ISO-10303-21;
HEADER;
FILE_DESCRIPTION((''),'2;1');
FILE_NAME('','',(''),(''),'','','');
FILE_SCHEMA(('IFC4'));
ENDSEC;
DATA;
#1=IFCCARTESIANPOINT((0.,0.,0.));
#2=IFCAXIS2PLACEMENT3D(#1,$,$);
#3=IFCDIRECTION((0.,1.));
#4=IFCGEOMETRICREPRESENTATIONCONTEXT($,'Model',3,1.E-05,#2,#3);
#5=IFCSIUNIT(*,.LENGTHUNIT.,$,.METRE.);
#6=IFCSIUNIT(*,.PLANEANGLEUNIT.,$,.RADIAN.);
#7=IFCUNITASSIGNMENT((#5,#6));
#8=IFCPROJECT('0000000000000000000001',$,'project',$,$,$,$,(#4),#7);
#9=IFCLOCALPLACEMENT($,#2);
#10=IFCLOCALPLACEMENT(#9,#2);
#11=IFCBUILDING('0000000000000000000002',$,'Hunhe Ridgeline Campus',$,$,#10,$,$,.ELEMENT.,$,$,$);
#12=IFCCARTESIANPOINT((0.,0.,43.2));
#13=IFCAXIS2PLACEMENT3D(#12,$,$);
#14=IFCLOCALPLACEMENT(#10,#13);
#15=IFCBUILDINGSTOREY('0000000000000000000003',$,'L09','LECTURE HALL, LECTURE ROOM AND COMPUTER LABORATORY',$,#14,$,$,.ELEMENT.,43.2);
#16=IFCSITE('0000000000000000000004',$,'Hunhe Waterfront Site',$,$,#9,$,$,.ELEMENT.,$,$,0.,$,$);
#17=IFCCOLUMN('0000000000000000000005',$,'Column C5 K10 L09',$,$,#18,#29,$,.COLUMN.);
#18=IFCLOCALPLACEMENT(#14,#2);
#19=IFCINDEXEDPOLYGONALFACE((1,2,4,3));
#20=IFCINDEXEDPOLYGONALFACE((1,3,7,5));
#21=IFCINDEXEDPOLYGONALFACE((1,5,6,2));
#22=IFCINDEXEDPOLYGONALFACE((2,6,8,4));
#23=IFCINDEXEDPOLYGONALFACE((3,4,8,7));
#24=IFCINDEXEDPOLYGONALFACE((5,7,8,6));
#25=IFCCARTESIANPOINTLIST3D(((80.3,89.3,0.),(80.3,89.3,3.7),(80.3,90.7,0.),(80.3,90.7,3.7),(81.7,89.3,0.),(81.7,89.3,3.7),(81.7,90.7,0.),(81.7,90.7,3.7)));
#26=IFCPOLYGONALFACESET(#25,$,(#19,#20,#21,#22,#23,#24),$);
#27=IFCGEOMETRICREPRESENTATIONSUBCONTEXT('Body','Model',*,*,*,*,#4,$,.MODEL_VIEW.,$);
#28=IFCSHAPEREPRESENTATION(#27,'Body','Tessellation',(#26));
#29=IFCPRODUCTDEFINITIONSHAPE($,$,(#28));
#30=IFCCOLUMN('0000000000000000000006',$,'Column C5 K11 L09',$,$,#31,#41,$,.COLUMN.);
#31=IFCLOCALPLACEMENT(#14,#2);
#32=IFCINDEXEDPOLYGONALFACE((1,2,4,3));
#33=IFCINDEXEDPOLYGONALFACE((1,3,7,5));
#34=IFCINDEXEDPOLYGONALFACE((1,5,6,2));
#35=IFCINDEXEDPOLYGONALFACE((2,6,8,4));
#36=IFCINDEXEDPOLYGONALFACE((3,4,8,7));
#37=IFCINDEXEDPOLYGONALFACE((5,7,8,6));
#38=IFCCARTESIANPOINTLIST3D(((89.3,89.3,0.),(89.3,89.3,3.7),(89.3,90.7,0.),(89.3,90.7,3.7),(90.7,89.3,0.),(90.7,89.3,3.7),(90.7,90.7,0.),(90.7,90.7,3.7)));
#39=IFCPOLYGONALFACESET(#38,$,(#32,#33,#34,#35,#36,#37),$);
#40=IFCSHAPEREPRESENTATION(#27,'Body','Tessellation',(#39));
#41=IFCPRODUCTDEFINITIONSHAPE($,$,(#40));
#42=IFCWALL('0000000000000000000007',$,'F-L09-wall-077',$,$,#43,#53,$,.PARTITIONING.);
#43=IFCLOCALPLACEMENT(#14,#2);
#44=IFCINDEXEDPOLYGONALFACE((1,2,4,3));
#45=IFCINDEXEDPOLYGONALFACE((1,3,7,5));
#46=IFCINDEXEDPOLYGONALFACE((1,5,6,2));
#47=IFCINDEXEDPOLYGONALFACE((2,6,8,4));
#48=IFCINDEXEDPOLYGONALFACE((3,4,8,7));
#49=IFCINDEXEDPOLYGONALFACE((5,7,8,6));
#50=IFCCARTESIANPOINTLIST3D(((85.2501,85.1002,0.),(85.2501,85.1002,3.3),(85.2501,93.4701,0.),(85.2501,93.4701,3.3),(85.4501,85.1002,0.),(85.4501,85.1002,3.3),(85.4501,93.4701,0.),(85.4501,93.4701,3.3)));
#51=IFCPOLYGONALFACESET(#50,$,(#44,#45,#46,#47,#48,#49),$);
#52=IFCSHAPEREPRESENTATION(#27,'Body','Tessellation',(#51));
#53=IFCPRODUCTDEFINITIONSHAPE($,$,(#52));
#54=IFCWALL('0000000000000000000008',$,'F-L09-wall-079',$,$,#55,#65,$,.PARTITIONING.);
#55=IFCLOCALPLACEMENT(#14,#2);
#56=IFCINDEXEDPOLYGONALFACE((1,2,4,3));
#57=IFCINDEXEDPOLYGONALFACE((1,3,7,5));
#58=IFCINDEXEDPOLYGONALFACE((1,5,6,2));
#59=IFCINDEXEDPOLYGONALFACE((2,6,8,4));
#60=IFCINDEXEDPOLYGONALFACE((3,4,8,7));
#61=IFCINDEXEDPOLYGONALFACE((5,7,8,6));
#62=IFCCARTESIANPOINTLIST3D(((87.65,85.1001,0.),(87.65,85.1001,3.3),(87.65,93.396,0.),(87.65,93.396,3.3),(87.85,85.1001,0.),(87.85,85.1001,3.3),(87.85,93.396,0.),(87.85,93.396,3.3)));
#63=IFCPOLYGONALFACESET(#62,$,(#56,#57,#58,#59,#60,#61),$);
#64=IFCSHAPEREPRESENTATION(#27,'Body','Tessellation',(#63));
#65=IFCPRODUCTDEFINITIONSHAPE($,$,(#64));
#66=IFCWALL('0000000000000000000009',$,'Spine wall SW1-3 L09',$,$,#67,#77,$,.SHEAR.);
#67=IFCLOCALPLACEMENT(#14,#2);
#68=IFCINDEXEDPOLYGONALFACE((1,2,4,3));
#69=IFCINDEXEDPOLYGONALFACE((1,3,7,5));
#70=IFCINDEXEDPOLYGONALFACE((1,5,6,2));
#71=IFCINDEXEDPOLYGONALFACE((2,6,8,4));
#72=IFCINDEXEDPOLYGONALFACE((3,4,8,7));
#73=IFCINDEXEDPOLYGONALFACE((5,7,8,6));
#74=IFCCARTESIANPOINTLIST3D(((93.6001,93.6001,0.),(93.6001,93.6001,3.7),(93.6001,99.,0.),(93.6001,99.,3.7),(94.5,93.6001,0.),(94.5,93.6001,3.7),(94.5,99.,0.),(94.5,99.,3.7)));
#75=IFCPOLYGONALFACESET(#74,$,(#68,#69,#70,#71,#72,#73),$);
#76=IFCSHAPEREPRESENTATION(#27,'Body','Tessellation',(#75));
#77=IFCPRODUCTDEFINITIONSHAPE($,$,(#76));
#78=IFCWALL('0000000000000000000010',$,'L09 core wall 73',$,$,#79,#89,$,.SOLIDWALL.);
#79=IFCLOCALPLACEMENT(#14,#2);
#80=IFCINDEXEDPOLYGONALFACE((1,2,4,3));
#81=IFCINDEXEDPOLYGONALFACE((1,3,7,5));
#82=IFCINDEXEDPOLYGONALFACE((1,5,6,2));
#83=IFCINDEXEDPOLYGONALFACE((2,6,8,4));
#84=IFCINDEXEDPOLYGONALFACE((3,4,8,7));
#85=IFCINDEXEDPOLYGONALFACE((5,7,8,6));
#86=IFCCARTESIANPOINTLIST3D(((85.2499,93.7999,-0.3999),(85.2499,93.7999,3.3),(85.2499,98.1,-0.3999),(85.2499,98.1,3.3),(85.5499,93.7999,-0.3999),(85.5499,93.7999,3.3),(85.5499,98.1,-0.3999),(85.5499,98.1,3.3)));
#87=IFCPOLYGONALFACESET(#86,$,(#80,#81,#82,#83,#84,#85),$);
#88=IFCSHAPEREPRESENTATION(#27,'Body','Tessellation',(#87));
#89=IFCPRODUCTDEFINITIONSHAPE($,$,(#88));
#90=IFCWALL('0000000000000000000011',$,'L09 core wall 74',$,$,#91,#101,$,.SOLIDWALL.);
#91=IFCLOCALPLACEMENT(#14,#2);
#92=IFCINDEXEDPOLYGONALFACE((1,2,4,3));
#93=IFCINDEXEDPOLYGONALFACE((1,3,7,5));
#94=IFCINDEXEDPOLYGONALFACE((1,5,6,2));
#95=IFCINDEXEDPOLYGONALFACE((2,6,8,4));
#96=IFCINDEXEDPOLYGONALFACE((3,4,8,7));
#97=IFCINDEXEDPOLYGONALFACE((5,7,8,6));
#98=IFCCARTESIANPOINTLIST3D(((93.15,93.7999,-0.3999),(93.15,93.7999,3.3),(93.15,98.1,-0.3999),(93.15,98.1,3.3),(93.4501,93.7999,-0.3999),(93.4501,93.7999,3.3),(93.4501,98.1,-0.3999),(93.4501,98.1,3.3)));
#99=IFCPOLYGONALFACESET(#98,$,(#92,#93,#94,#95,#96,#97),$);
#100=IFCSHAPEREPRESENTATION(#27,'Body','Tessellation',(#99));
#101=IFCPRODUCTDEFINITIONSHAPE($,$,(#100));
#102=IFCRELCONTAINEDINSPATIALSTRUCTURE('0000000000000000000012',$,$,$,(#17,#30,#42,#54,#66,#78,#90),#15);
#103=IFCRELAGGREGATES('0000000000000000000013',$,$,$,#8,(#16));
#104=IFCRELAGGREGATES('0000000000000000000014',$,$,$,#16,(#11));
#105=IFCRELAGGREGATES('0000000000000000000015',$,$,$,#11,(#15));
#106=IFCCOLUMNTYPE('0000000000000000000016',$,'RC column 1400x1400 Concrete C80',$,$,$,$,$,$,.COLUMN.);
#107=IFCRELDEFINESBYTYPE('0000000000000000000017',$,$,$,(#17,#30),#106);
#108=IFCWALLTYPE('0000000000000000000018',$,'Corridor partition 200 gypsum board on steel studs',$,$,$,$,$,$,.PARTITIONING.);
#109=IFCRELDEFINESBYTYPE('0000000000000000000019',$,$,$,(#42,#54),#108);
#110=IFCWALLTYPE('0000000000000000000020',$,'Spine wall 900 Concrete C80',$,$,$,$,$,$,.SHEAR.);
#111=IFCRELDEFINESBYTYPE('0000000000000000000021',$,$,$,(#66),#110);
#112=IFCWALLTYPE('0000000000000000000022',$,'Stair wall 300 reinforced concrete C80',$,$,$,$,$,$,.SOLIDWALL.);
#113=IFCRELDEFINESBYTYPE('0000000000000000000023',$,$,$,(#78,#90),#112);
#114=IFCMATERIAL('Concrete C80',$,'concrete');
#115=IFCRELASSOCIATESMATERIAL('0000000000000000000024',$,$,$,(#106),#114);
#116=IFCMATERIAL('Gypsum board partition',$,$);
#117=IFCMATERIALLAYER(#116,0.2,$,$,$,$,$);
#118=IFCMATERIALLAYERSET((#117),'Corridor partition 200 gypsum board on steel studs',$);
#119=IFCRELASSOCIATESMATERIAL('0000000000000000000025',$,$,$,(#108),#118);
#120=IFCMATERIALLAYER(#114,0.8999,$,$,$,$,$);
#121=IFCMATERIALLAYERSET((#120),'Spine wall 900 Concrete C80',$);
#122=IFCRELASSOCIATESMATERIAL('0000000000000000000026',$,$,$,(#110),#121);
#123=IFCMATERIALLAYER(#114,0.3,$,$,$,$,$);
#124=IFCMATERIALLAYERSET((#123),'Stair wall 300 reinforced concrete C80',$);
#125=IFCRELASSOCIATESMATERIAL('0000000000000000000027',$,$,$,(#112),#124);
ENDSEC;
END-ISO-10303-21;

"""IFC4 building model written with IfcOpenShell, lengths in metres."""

from ifc_helpers import new_model, si_unit, direction, frame, frame_2d, origin, origin_2d, place, context, subcontext, project, spatial, rectangle, extrude, material, layer, layer_set, material_profile, profile_set, type_object, element, save


model = new_model("IFC4")

# Units and contexts
model_context = context("Model", 3, precision=1e-05, world=origin(), true_north=direction((0.0, 1.0)))
body_context = subcontext(model_context, "Body", "Model", "MODEL_VIEW")
ifc_project = project(units=[si_unit("LENGTHUNIT", "METRE"), si_unit("PLANEANGLEUNIT", "RADIAN")], contexts=[model_context])

# Site, building, storey
site_placement = place(None, origin())
site = spatial("IfcSite", under=ifc_project, at=site_placement, Name="Hunhe Waterfront Site", CompositionType="ELEMENT", RefElevation=0.0)
building_placement = place(site_placement, origin())
building = spatial("IfcBuilding", under=site, at=building_placement, Name="Hunhe Ridgeline Campus", CompositionType="ELEMENT")
storey_placement = place(building_placement, frame((0.0, 0.0, 43.2)))
storey = spatial("IfcBuildingStorey", under=building, at=storey_placement, Name="L09", Description="LECTURE HALL, LECTURE ROOM AND COMPUTER LABORATORY", CompositionType="ELEMENT", Elevation=43.2)

# Columns
ifc_material_1 = material(Name="Concrete C80", Category="concrete")
ifc_material_profile = material_profile(ifc_material_1, rectangle(XDim=1.3999, YDim=1.3999, at=origin_2d()))
ifc_profile_set = profile_set([ifc_material_profile], Name="Concrete C80")
column_type = type_object("IfcColumnType", Name="RC column 1400x1400 Concrete C80", PredefinedType="COLUMN", material=ifc_profile_set)
for number, where, z_axis, x_axis, name in (
    (1, (81.0, 90.0, 0.0), (0.0, 0.0, 1.0), (1.0, 0.0, 0.0), "Column C5 K10 L09"),
    (2, (90.0, 90.0, 0.0), (0.0, 0.0, 1.0), (1.0, 0.0, 0.0), "Column C5 K11 L09"),
):
    element("IfcColumn", number, at=place(storey_placement, frame(where, z_axis=z_axis, x_axis=x_axis)), inside=storey, type_object=column_type, Name=name, PredefinedType="COLUMN", context=body_context, shape_type="SweptSolid", body=[
        extrude(rectangle(XDim=1.3999, YDim=1.3999, at=origin_2d()), origin(), (0.0, 0.0, 1.0), 3.7),
    ])

# Shared definitions
ifc_material_2 = material(Name="Gypsum board partition")
ifc_layer_1 = layer(ifc_material_2, 0.2)
ifc_layer_set_1 = layer_set([ifc_layer_1], Name="Corridor partition 200 gypsum board on steel studs")
wall_type_1 = type_object("IfcWallType", Name="Corridor partition 200 gypsum board on steel studs", PredefinedType="PARTITIONING", material=ifc_layer_set_1)

# Wall
wall_1_placement = place(storey_placement, frame((85.3501, 85.1001, 0.0), z_axis=(0.0, 0.0, 1.0), x_axis=(0.0, 1.0, 0.0)))
element("IfcWall", 3, at=wall_1_placement, inside=storey, type_object=wall_type_1, Name="F-L09-wall-077", PredefinedType="PARTITIONING", context=body_context, shape_type="SweptSolid", body=[
    extrude(rectangle(XDim=8.3699, YDim=0.2, at=frame_2d((4.1851, 0.0))), origin(), (0.0, 0.0, 1.0), 3.3),
])

# Walls
wall_2_placement = place(storey_placement, frame((87.75, 93.396, 0.0), z_axis=(0.0, 0.0, 1.0), x_axis=(0.0, -1.0, 0.0)))
element("IfcWall", 4, at=wall_2_placement, inside=storey, type_object=wall_type_1, Name="F-L09-wall-079", PredefinedType="PARTITIONING", context=body_context, shape_type="SweptSolid", body=[
    extrude(rectangle(XDim=8.2959, YDim=0.2, at=frame_2d((4.1479, 0.0))), origin(), (0.0, 0.0, 1.0), 3.3),
])
ifc_layer_2 = layer(ifc_material_1, 0.8999)
ifc_layer_set_2 = layer_set([ifc_layer_2], Name="Spine wall 900 Concrete C80")
wall_type_2 = type_object("IfcWallType", Name="Spine wall 900 Concrete C80", PredefinedType="SHEAR", material=ifc_layer_set_2)
wall_3_placement = place(storey_placement, frame((94.05, 93.6001, 0.0), z_axis=(0.0, 0.0, 1.0), x_axis=(0.0, 1.0, 0.0)))
element("IfcWall", 5, at=wall_3_placement, inside=storey, type_object=wall_type_2, Name="Spine wall SW1-3 L09", PredefinedType="SHEAR", context=body_context, shape_type="SweptSolid", body=[
    extrude(rectangle(XDim=5.3999, YDim=0.8999, at=frame_2d((2.7, 0.0))), origin(), (0.0, 0.0, 1.0), 3.7),
])

# Shared definitions
ifc_layer_3 = layer(ifc_material_1, 0.3)
ifc_layer_set_3 = layer_set([ifc_layer_3], Name="Stair wall 300 reinforced concrete C80")
wall_type_3 = type_object("IfcWallType", Name="Stair wall 300 reinforced concrete C80", PredefinedType="SOLIDWALL", material=ifc_layer_set_3)

# Walls
for number, where, z_axis, x_axis, name in (
    (6, (85.3999, 93.8, -0.3999), (0.0, 0.0, 1.0), (0.0, 1.0, 0.0), "L09 core wall 73"),
    (7, (93.3, 93.8, -0.3999), (0.0, 0.0, 1.0), (0.0, 1.0, 0.0), "L09 core wall 74"),
):
    element("IfcWall", number, at=place(storey_placement, frame(where, z_axis=z_axis, x_axis=x_axis)), inside=storey, type_object=wall_type_3, Name=name, PredefinedType="SOLIDWALL", context=body_context, shape_type="SweptSolid", body=[
        extrude(rectangle(XDim=4.3, YDim=0.3, at=frame_2d((2.1499, 0.0))), origin(), (0.0, 0.0, 1.0), 3.7),
    ])

save(model, "model.ifc")
